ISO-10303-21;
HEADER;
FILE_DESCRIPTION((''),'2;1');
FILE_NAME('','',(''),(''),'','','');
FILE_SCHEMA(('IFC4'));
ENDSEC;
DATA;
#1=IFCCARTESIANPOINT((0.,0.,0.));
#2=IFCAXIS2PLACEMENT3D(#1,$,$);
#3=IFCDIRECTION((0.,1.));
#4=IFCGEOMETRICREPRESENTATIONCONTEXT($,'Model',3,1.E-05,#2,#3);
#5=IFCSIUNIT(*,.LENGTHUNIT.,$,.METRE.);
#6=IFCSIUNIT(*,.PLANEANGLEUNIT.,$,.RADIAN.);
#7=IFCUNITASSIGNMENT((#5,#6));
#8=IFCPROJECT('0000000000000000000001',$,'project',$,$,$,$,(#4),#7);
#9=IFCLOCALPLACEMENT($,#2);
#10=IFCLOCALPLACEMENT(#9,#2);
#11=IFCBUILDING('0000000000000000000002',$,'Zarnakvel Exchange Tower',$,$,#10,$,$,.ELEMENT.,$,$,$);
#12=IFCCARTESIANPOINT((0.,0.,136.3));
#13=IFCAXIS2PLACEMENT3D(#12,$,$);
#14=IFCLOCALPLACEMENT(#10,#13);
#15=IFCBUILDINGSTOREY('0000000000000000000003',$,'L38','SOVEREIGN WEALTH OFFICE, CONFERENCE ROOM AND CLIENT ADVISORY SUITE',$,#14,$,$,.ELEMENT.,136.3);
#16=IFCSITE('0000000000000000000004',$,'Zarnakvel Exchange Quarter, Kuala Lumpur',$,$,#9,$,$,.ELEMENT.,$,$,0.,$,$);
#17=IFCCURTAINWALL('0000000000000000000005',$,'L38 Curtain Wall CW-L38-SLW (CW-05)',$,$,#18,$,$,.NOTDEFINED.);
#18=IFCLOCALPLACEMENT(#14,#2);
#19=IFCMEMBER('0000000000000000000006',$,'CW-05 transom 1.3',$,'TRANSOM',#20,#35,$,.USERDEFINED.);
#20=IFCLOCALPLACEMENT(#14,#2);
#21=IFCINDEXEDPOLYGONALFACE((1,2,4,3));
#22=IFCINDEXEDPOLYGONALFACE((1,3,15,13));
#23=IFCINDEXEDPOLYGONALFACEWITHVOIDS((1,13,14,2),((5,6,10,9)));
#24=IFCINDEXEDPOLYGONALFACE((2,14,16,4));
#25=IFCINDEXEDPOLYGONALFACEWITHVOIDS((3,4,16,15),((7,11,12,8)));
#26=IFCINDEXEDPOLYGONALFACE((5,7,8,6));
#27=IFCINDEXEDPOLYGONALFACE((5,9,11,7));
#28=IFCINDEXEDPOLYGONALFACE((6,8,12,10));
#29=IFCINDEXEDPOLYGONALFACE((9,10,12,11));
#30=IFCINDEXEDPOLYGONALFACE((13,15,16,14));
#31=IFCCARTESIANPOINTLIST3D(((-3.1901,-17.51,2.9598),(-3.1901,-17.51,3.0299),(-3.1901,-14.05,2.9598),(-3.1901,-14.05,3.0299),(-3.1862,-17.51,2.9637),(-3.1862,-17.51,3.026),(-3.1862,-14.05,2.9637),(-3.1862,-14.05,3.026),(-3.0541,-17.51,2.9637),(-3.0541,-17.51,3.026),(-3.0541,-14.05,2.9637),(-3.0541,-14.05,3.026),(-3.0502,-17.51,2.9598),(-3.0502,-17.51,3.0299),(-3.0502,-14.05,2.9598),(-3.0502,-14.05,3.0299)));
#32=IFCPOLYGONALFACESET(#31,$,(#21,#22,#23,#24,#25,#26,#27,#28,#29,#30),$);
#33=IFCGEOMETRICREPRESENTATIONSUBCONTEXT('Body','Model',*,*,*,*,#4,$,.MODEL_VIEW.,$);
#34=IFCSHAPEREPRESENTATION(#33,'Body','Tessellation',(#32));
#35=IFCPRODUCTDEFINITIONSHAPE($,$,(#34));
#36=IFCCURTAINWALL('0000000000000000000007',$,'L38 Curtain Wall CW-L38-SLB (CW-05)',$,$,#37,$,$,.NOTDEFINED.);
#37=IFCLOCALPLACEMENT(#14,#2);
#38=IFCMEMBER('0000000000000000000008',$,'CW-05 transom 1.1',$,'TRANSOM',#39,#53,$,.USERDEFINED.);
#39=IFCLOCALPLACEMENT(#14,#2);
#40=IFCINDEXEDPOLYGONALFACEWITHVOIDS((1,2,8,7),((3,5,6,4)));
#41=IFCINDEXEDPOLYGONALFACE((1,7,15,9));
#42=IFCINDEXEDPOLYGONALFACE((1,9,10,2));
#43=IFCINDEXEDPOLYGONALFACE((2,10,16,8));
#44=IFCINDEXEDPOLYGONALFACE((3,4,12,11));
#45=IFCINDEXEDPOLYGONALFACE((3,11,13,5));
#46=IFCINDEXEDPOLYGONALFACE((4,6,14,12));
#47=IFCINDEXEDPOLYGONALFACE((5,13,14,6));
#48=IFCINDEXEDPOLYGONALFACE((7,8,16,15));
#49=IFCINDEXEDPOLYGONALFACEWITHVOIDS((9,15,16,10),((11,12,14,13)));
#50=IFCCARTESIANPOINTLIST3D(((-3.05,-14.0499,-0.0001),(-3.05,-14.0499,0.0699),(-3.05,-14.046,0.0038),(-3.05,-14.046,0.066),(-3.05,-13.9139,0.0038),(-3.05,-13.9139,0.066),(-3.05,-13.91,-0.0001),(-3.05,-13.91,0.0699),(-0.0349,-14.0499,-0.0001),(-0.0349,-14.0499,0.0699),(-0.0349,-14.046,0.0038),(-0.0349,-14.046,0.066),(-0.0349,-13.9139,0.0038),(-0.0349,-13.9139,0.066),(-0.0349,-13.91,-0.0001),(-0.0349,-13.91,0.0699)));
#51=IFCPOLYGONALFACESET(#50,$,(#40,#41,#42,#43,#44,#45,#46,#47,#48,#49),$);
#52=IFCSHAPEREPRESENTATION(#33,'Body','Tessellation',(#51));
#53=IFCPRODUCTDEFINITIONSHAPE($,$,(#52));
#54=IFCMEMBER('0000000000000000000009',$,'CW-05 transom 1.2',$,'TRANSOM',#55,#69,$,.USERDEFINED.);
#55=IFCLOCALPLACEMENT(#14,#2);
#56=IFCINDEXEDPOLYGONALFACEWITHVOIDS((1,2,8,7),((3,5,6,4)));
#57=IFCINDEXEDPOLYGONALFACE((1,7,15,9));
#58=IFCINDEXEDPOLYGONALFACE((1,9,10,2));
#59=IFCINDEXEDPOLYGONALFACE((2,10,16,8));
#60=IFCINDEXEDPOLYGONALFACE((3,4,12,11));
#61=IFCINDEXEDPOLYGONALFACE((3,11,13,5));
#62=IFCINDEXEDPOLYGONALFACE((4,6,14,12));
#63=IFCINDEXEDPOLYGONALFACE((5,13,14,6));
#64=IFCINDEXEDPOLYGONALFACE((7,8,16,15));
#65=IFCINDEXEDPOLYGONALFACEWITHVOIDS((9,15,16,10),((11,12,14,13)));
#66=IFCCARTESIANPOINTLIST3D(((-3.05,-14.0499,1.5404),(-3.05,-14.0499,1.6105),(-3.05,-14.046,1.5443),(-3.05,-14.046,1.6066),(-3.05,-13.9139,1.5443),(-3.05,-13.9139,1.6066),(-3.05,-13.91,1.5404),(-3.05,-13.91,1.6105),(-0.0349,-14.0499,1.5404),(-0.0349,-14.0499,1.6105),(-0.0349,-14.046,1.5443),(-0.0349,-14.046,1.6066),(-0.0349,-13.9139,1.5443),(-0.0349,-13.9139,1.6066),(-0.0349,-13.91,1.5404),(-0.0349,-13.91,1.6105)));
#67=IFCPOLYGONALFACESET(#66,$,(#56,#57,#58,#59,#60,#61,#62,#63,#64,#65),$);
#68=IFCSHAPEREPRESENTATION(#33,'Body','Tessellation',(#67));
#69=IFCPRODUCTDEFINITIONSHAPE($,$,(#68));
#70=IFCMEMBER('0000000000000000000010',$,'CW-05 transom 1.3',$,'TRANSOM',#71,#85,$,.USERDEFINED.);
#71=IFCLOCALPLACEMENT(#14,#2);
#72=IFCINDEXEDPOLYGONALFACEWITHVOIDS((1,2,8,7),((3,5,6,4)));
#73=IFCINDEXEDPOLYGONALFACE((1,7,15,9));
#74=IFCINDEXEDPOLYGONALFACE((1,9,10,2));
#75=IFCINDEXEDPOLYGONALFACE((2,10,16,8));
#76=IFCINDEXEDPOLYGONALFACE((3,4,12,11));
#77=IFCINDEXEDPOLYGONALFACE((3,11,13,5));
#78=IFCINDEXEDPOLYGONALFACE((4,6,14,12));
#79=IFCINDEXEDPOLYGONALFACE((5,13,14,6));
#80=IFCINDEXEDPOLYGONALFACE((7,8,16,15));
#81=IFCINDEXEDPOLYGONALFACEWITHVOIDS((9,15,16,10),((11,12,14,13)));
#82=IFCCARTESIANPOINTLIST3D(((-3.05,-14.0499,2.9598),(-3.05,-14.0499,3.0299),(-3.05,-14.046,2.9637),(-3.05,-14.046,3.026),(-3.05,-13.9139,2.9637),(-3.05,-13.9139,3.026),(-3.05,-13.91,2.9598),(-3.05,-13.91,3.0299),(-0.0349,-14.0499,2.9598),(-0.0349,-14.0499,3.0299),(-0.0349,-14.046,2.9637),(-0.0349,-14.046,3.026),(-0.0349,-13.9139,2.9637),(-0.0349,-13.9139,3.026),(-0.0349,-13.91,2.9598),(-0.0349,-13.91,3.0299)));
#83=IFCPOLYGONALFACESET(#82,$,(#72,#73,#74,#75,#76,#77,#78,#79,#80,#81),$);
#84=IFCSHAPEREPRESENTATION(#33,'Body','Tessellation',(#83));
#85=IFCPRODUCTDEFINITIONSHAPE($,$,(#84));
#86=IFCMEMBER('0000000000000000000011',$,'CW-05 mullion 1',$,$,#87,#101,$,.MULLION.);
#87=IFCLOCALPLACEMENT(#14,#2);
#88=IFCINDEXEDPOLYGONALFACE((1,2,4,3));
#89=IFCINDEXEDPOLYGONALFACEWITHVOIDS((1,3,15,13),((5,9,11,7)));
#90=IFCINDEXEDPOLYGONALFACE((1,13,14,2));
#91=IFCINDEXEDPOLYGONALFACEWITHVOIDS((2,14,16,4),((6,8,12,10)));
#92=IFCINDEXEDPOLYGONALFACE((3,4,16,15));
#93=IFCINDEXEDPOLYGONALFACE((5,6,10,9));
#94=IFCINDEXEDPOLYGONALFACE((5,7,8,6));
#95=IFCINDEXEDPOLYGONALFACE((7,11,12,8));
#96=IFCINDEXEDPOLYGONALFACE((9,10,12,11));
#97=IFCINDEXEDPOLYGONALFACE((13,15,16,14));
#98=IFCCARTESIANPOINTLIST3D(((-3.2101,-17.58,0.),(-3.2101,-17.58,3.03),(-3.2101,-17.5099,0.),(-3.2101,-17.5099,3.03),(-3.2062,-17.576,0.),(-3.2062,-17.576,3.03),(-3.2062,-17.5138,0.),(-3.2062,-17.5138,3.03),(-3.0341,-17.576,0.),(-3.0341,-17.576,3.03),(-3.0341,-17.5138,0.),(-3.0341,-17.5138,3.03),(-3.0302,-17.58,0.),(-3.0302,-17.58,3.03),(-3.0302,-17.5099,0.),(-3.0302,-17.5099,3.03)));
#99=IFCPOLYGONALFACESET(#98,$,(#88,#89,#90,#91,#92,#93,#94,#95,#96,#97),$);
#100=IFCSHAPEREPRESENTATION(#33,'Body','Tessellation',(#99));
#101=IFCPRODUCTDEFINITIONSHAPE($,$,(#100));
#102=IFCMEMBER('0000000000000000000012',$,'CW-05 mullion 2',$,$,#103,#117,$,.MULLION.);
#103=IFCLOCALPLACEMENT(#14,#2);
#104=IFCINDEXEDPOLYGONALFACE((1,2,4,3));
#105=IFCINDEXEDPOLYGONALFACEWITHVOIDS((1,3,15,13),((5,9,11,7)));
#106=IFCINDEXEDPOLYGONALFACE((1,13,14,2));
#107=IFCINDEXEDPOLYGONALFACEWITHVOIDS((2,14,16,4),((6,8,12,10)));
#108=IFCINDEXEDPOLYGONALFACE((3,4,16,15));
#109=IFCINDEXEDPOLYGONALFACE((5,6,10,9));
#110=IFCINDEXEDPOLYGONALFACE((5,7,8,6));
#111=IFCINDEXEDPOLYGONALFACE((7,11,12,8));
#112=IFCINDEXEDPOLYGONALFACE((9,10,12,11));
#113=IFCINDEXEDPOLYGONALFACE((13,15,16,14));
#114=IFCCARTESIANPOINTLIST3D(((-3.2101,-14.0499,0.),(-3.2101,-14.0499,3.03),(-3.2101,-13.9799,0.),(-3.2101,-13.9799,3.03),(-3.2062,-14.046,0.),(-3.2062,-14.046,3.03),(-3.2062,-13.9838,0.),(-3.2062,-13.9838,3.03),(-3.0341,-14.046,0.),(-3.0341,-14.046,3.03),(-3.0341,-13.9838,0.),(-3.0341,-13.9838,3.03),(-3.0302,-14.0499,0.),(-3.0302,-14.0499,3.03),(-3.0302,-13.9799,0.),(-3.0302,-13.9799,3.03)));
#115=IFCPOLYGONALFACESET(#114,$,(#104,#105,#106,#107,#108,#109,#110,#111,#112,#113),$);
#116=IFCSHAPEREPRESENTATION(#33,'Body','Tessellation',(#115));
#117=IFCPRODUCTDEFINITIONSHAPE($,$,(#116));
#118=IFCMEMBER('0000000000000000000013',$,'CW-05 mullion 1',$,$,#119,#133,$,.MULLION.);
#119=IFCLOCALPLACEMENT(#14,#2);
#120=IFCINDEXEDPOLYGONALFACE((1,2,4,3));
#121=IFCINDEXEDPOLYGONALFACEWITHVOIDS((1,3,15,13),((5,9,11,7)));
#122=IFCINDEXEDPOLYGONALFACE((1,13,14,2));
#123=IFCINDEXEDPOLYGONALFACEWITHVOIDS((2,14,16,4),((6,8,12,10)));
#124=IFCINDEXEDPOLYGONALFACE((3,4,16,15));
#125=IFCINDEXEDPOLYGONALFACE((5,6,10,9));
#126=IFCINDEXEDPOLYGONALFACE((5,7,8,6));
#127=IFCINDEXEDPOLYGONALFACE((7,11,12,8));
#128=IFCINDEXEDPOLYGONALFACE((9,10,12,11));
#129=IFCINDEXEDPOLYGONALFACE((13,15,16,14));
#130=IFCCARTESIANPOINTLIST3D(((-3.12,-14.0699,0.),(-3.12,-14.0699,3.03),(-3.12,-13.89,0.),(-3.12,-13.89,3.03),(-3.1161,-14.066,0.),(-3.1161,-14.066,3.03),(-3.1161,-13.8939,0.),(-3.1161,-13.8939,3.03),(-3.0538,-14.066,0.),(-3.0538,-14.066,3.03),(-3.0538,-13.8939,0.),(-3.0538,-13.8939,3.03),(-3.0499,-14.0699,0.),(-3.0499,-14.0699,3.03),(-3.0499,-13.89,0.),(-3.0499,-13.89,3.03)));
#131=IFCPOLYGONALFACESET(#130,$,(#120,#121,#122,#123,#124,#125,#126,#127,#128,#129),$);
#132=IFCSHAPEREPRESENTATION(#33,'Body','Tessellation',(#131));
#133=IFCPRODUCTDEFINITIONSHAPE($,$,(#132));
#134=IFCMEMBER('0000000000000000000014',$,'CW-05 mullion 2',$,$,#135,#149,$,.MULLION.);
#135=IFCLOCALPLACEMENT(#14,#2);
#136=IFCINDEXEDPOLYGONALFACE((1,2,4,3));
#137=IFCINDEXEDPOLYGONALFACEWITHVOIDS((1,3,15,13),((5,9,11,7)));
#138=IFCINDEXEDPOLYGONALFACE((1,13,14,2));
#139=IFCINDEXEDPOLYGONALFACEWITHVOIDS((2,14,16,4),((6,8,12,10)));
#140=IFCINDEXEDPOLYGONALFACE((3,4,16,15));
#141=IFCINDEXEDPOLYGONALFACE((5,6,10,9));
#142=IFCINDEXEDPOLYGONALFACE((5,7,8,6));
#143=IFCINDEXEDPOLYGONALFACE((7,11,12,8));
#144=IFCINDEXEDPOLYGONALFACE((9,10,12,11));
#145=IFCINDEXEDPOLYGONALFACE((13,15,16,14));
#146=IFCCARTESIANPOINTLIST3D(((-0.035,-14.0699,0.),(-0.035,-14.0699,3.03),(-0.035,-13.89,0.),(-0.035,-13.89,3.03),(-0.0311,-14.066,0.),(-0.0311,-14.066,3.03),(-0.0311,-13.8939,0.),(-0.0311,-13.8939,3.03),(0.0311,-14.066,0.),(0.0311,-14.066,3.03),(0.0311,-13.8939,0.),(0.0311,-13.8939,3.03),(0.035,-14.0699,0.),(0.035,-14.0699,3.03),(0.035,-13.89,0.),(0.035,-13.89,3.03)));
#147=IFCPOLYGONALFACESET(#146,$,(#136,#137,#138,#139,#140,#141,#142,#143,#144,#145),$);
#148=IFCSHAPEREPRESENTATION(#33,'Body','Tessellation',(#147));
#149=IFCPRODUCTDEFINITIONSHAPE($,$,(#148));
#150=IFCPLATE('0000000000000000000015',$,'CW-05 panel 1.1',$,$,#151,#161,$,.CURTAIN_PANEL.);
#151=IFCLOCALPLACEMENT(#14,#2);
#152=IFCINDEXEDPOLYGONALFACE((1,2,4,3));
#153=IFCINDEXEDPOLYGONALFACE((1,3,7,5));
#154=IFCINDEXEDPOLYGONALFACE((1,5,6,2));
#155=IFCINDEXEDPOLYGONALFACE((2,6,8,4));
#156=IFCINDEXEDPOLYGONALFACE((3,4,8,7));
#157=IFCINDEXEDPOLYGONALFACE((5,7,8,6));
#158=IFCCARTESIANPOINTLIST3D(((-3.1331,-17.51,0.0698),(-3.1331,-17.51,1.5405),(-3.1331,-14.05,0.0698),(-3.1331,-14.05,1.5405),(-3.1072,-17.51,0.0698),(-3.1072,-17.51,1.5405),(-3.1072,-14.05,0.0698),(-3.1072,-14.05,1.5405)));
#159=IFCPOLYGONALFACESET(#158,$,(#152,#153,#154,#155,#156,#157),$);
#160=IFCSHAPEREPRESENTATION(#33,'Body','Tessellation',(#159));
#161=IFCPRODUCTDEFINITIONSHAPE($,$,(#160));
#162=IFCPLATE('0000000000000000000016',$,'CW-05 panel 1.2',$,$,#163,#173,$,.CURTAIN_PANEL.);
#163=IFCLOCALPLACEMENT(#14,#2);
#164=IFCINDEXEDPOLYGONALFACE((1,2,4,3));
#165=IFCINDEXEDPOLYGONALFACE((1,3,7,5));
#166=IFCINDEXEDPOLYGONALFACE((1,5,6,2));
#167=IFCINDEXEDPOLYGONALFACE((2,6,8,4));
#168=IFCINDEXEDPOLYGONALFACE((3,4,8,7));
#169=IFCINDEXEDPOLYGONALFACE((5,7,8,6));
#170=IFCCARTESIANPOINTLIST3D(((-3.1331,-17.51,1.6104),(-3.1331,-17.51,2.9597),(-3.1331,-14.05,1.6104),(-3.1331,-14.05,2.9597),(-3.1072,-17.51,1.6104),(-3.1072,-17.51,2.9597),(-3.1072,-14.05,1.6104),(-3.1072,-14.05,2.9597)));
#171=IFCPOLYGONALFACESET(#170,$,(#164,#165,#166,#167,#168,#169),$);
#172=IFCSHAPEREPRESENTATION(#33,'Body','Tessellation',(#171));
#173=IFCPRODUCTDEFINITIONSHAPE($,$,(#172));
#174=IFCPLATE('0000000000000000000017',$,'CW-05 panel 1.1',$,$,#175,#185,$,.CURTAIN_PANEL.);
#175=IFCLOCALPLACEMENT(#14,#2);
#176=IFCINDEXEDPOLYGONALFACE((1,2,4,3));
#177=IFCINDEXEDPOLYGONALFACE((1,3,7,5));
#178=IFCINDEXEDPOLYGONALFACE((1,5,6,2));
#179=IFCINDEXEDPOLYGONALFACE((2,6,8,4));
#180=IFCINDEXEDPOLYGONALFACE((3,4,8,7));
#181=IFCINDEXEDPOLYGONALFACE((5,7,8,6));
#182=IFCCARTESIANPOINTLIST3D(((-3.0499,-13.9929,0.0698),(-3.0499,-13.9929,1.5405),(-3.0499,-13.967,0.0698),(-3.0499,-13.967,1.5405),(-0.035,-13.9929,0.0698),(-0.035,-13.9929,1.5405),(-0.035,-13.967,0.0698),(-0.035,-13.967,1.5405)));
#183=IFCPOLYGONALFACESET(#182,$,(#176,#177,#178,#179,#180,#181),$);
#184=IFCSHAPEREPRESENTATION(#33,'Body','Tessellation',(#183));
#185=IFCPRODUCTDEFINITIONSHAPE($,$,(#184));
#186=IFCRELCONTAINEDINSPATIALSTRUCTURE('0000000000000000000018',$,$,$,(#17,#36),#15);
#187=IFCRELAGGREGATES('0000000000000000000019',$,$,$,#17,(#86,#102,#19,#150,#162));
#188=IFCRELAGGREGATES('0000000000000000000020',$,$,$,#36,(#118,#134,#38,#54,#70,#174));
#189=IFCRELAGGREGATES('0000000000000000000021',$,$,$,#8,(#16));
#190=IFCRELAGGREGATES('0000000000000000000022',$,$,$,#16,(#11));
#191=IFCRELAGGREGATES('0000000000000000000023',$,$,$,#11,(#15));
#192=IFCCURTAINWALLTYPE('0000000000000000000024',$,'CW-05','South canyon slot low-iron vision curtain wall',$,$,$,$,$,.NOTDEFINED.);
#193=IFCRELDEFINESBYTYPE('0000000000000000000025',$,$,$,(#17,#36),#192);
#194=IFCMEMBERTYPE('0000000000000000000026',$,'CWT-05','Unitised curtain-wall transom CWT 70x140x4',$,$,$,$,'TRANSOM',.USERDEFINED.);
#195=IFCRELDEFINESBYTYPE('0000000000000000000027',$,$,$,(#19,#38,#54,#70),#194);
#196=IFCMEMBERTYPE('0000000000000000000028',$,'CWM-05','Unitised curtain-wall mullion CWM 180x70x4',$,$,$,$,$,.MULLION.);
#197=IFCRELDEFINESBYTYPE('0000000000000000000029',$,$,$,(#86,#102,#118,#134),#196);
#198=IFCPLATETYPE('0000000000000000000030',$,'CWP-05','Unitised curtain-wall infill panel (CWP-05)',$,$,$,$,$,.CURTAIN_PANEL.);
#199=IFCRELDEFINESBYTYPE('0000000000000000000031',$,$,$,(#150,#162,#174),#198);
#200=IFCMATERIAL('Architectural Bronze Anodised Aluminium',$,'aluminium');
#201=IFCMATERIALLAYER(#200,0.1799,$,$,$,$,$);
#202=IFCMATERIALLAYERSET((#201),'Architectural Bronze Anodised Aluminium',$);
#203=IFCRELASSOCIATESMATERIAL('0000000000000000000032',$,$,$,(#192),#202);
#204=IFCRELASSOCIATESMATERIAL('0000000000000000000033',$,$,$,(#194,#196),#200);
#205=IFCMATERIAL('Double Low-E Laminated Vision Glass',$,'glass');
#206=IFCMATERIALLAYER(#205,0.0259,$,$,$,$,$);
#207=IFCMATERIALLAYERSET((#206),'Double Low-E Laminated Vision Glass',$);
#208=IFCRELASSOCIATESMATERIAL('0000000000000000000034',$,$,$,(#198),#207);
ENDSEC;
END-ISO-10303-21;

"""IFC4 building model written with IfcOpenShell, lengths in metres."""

from ifc_helpers import new_model, si_unit, direction, frame, origin, origin_2d, place, context, subcontext, project, spatial, rectangle, hollow_rectangle, extrude, source, transform, mapped, material, layer, layer_set, material_profile, profile_set, type_object, element, aggregate, save


model = new_model("IFC4")

# Units and contexts
model_context = context("Model", 3, precision=1e-05, world=origin(), true_north=direction((0.0, 1.0)))
body_context = subcontext(model_context, "Body", "Model", "MODEL_VIEW")
ifc_project = project(units=[si_unit("LENGTHUNIT", "METRE"), si_unit("PLANEANGLEUNIT", "RADIAN")], contexts=[model_context])

# Site, building, storey
site_placement = place(None, origin())
site = spatial("IfcSite", under=ifc_project, at=site_placement, Name="Zarnakvel Exchange Quarter, Kuala Lumpur", CompositionType="ELEMENT", RefElevation=0.0)
building_placement = place(site_placement, origin())
building = spatial("IfcBuilding", under=site, at=building_placement, Name="Zarnakvel Exchange Tower", CompositionType="ELEMENT")
storey_placement = place(building_placement, frame((0.0, 0.0, 136.3)))
storey = spatial("IfcBuildingStorey", under=building, at=storey_placement, Name="L38", Description="SOVEREIGN WEALTH OFFICE, CONFERENCE ROOM AND CLIENT ADVISORY SUITE", CompositionType="ELEMENT", Elevation=136.3)

# Curtain walls, members
ifc_material_1 = material(Name="Architectural Bronze Anodised Aluminium", Category="aluminium")
ifc_layer_1 = layer(ifc_material_1, 0.1799)
ifc_layer_set_1 = layer_set([ifc_layer_1], Name="Architectural Bronze Anodised Aluminium")
curtain_wall_type = type_object("IfcCurtainWallType", Name="CW-05", Description="South canyon slot low-iron vision curtain wall", PredefinedType="NOTDEFINED", material=ifc_layer_set_1)
curtain_wall_1_placement = place(storey_placement, origin())
curtain_wall_1 = element("IfcCurtainWall", 1, at=curtain_wall_1_placement, inside=storey, type_object=curtain_wall_type, Name="L38 Curtain Wall CW-L38-SLW (CW-05)", PredefinedType="NOTDEFINED")
ifc_material_profile_1 = material_profile(ifc_material_1, hollow_rectangle(XDim=0.1399, YDim=0.0701, WallThickness=0.0039, at=origin_2d()))
ifc_profile_set_1 = profile_set([ifc_material_profile_1], Name="Architectural Bronze Anodised Aluminium")
member_type_1 = type_object("IfcMemberType", Name="CWT-05", Description="Unitised curtain-wall transom CWT 70x140x4", ElementType="TRANSOM", PredefinedType="USERDEFINED", material=ifc_profile_set_1)
shared_shape_1 = source(origin(), body_context, "Body", "SweptSolid", [
    extrude(hollow_rectangle(XDim=0.1399, YDim=0.0701, WallThickness=0.0039, at=origin_2d()), origin(), (0.0, 0.0, 1.0), 3.46),
])
member_1_placement = place(storey_placement, frame((-3.1201, -17.51, 2.9949), z_axis=(0.0, 1.0, 0.0), x_axis=(-1.0, 0.0, 0.0)))
member_1 = element("IfcMember", 2, at=member_1_placement, type_object=member_type_1, Name="CW-05 transom 1.3", ObjectType="TRANSOM", PredefinedType="USERDEFINED", context=body_context, shape_type="MappedRepresentation", body=[
    mapped(shared_shape_1, transform((0.0, 0.0, 0.0), x_axis=(1.0, 0.0, 0.0), y_axis=(0.0, 1.0, 0.0), z_axis=(0.0, 0.0, 1.0), scale=1.0)),
])
curtain_wall_2_placement = place(storey_placement, origin())
curtain_wall_2 = element("IfcCurtainWall", 3, at=curtain_wall_2_placement, inside=storey, type_object=curtain_wall_type, Name="L38 Curtain Wall CW-L38-SLB (CW-05)", PredefinedType="NOTDEFINED")
shared_shape_2 = source(origin(), body_context, "Body", "SweptSolid", [
    extrude(hollow_rectangle(XDim=0.1399, YDim=0.0701, WallThickness=0.0039, at=origin_2d()), origin(), (0.0, 0.0, 1.0), 3.0151),
])
member_2_placement = place(storey_placement, frame((-3.05, -13.98, 0.0349), z_axis=(1.0, 0.0, 0.0), x_axis=(0.0, 1.0, 0.0)))
member_2 = element("IfcMember", 4, at=member_2_placement, type_object=member_type_1, Name="CW-05 transom 1.1", ObjectType="TRANSOM", PredefinedType="USERDEFINED", context=body_context, shape_type="MappedRepresentation", body=[
    mapped(shared_shape_2, transform((0.0, 0.0, 0.0), x_axis=(1.0, 0.0, 0.0), y_axis=(0.0, 1.0, 0.0), z_axis=(0.0, 0.0, 1.0), scale=1.0)),
])
member_3_placement = place(storey_placement, frame((-3.05, -13.98, 1.5754), z_axis=(1.0, 0.0, 0.0), x_axis=(0.0, 1.0, 0.0)))
member_3 = element("IfcMember", 5, at=member_3_placement, type_object=member_type_1, Name="CW-05 transom 1.2", ObjectType="TRANSOM", PredefinedType="USERDEFINED", context=body_context, shape_type="MappedRepresentation", body=[
    mapped(shared_shape_2, transform((0.0, 0.0, 0.0), x_axis=(1.0, 0.0, 0.0), y_axis=(0.0, 1.0, 0.0), z_axis=(0.0, 0.0, 1.0), scale=1.0)),
])
member_4_placement = place(storey_placement, frame((-3.05, -13.98, 2.9949), z_axis=(1.0, 0.0, 0.0), x_axis=(0.0, 1.0, 0.0)))
member_4 = element("IfcMember", 6, at=member_4_placement, type_object=member_type_1, Name="CW-05 transom 1.3", ObjectType="TRANSOM", PredefinedType="USERDEFINED", context=body_context, shape_type="MappedRepresentation", body=[
    mapped(shared_shape_2, transform((0.0, 0.0, 0.0), x_axis=(1.0, 0.0, 0.0), y_axis=(0.0, 1.0, 0.0), z_axis=(0.0, 0.0, 1.0), scale=1.0)),
])

# Members
ifc_material_profile_2 = material_profile(ifc_material_1, hollow_rectangle(XDim=0.1799, YDim=0.0701, WallThickness=0.0039, at=origin_2d()))
ifc_profile_set_2 = profile_set([ifc_material_profile_2], Name="Architectural Bronze Anodised Aluminium")
member_type_2 = type_object("IfcMemberType", Name="CWM-05", Description="Unitised curtain-wall mullion CWM 180x70x4", PredefinedType="MULLION", material=ifc_profile_set_2)
shared_shape_3 = source(origin(), body_context, "Body", "SweptSolid", [
    extrude(hollow_rectangle(XDim=0.1799, YDim=0.0701, WallThickness=0.0039, at=origin_2d()), origin(), (0.0, 0.0, 1.0), 3.03),
])
member_5_placement = place(storey_placement, frame((-3.1201, -17.5449, 0.0), z_axis=(0.0, 0.0, 1.0), x_axis=(-1.0, 0.0, 0.0)))
member_5 = element("IfcMember", 7, at=member_5_placement, type_object=member_type_2, Name="CW-05 mullion 1", PredefinedType="MULLION", context=body_context, shape_type="MappedRepresentation", body=[
    mapped(shared_shape_3, transform((0.0, 0.0, 0.0), x_axis=(1.0, 0.0, 0.0), y_axis=(0.0, 1.0, 0.0), z_axis=(0.0, 0.0, 1.0), scale=1.0)),
])
member_6_placement = place(storey_placement, frame((-3.1201, -14.0149, 0.0), z_axis=(0.0, 0.0, 1.0), x_axis=(-1.0, 0.0, 0.0)))
member_6 = element("IfcMember", 8, at=member_6_placement, type_object=member_type_2, Name="CW-05 mullion 2", PredefinedType="MULLION", context=body_context, shape_type="MappedRepresentation", body=[
    mapped(shared_shape_3, transform((0.0, 0.0, 0.0), x_axis=(1.0, 0.0, 0.0), y_axis=(0.0, 1.0, 0.0), z_axis=(0.0, 0.0, 1.0), scale=1.0)),
])
member_7_placement = place(storey_placement, frame((-3.085, -13.98, 0.0), z_axis=(0.0, 0.0, 1.0), x_axis=(0.0, 1.0, 0.0)))
member_7 = element("IfcMember", 9, at=member_7_placement, type_object=member_type_2, Name="CW-05 mullion 1", PredefinedType="MULLION", context=body_context, shape_type="MappedRepresentation", body=[
    mapped(shared_shape_3, transform((0.0, 0.0, 0.0), x_axis=(1.0, 0.0, 0.0), y_axis=(0.0, 1.0, 0.0), z_axis=(0.0, 0.0, 1.0), scale=1.0)),
])
member_8_placement = place(storey_placement, frame((0.0, -13.98, 0.0), z_axis=(0.0, 0.0, 1.0), x_axis=(0.0, 1.0, 0.0)))
member_8 = element("IfcMember", 10, at=member_8_placement, type_object=member_type_2, Name="CW-05 mullion 2", PredefinedType="MULLION", context=body_context, shape_type="MappedRepresentation", body=[
    mapped(shared_shape_3, transform((0.0, 0.0, 0.0), x_axis=(1.0, 0.0, 0.0), y_axis=(0.0, 1.0, 0.0), z_axis=(0.0, 0.0, 1.0), scale=1.0)),
])

# Plates
ifc_material_2 = material(Name="Double Low-E Laminated Vision Glass", Category="glass")
ifc_layer_2 = layer(ifc_material_2, 0.0259)
ifc_layer_set_2 = layer_set([ifc_layer_2], Name="Double Low-E Laminated Vision Glass")
plate_type = type_object("IfcPlateType", Name="CWP-05", Description="Unitised curtain-wall infill panel (CWP-05)", PredefinedType="CURTAIN_PANEL", material=ifc_layer_set_2)
shared_shape_4 = source(origin(), body_context, "Body", "SweptSolid", [
    extrude(rectangle(XDim=3.46, YDim=0.0259, at=origin_2d()), origin(), (0.0, 0.0, 1.0), 1.4707),
])
plate_1_placement = place(storey_placement, frame((-3.1201, -15.78, 0.0698), z_axis=(0.0, 0.0, 1.0), x_axis=(0.0, 1.0, 0.0)))
plate_1 = element("IfcPlate", 11, at=plate_1_placement, type_object=plate_type, Name="CW-05 panel 1.1", PredefinedType="CURTAIN_PANEL", context=body_context, shape_type="MappedRepresentation", body=[
    mapped(shared_shape_4, transform((0.0, 0.0, 0.0), x_axis=(1.0, 0.0, 0.0), y_axis=(0.0, 1.0, 0.0), z_axis=(0.0, 0.0, 1.0), scale=1.0)),
])
shared_shape_5 = source(origin(), body_context, "Body", "SweptSolid", [
    extrude(rectangle(XDim=3.46, YDim=0.0259, at=origin_2d()), origin(), (0.0, 0.0, 1.0), 1.3494),
])
plate_2_placement = place(storey_placement, frame((-3.1201, -15.78, 1.6104), z_axis=(0.0, 0.0, 1.0), x_axis=(0.0, 1.0, 0.0)))
plate_2 = element("IfcPlate", 12, at=plate_2_placement, type_object=plate_type, Name="CW-05 panel 1.2", PredefinedType="CURTAIN_PANEL", context=body_context, shape_type="MappedRepresentation", body=[
    mapped(shared_shape_5, transform((0.0, 0.0, 0.0), x_axis=(1.0, 0.0, 0.0), y_axis=(0.0, 1.0, 0.0), z_axis=(0.0, 0.0, 1.0), scale=1.0)),
])
aggregate(curtain_wall_1, [member_5, member_6, member_1, plate_1, plate_2])
shared_shape_6 = source(origin(), body_context, "Body", "SweptSolid", [
    extrude(rectangle(XDim=3.0149, YDim=0.0259, at=origin_2d()), origin(), (0.0, 0.0, 1.0), 1.4707),
])
plate_3_placement = place(storey_placement, frame((-1.5425, -13.98, 0.0698), z_axis=(0.0, 0.0, 1.0), x_axis=(1.0, 0.0, 0.0)))
plate_3 = element("IfcPlate", 13, at=plate_3_placement, type_object=plate_type, Name="CW-05 panel 1.1", PredefinedType="CURTAIN_PANEL", context=body_context, shape_type="MappedRepresentation", body=[
    mapped(shared_shape_6, transform((0.0, 0.0, 0.0), x_axis=(1.0, 0.0, 0.0), y_axis=(0.0, 1.0, 0.0), z_axis=(0.0, 0.0, 1.0), scale=1.0)),
])
aggregate(curtain_wall_2, [member_7, member_8, member_2, member_3, member_4, plate_3])

save(model, "model.ifc")
